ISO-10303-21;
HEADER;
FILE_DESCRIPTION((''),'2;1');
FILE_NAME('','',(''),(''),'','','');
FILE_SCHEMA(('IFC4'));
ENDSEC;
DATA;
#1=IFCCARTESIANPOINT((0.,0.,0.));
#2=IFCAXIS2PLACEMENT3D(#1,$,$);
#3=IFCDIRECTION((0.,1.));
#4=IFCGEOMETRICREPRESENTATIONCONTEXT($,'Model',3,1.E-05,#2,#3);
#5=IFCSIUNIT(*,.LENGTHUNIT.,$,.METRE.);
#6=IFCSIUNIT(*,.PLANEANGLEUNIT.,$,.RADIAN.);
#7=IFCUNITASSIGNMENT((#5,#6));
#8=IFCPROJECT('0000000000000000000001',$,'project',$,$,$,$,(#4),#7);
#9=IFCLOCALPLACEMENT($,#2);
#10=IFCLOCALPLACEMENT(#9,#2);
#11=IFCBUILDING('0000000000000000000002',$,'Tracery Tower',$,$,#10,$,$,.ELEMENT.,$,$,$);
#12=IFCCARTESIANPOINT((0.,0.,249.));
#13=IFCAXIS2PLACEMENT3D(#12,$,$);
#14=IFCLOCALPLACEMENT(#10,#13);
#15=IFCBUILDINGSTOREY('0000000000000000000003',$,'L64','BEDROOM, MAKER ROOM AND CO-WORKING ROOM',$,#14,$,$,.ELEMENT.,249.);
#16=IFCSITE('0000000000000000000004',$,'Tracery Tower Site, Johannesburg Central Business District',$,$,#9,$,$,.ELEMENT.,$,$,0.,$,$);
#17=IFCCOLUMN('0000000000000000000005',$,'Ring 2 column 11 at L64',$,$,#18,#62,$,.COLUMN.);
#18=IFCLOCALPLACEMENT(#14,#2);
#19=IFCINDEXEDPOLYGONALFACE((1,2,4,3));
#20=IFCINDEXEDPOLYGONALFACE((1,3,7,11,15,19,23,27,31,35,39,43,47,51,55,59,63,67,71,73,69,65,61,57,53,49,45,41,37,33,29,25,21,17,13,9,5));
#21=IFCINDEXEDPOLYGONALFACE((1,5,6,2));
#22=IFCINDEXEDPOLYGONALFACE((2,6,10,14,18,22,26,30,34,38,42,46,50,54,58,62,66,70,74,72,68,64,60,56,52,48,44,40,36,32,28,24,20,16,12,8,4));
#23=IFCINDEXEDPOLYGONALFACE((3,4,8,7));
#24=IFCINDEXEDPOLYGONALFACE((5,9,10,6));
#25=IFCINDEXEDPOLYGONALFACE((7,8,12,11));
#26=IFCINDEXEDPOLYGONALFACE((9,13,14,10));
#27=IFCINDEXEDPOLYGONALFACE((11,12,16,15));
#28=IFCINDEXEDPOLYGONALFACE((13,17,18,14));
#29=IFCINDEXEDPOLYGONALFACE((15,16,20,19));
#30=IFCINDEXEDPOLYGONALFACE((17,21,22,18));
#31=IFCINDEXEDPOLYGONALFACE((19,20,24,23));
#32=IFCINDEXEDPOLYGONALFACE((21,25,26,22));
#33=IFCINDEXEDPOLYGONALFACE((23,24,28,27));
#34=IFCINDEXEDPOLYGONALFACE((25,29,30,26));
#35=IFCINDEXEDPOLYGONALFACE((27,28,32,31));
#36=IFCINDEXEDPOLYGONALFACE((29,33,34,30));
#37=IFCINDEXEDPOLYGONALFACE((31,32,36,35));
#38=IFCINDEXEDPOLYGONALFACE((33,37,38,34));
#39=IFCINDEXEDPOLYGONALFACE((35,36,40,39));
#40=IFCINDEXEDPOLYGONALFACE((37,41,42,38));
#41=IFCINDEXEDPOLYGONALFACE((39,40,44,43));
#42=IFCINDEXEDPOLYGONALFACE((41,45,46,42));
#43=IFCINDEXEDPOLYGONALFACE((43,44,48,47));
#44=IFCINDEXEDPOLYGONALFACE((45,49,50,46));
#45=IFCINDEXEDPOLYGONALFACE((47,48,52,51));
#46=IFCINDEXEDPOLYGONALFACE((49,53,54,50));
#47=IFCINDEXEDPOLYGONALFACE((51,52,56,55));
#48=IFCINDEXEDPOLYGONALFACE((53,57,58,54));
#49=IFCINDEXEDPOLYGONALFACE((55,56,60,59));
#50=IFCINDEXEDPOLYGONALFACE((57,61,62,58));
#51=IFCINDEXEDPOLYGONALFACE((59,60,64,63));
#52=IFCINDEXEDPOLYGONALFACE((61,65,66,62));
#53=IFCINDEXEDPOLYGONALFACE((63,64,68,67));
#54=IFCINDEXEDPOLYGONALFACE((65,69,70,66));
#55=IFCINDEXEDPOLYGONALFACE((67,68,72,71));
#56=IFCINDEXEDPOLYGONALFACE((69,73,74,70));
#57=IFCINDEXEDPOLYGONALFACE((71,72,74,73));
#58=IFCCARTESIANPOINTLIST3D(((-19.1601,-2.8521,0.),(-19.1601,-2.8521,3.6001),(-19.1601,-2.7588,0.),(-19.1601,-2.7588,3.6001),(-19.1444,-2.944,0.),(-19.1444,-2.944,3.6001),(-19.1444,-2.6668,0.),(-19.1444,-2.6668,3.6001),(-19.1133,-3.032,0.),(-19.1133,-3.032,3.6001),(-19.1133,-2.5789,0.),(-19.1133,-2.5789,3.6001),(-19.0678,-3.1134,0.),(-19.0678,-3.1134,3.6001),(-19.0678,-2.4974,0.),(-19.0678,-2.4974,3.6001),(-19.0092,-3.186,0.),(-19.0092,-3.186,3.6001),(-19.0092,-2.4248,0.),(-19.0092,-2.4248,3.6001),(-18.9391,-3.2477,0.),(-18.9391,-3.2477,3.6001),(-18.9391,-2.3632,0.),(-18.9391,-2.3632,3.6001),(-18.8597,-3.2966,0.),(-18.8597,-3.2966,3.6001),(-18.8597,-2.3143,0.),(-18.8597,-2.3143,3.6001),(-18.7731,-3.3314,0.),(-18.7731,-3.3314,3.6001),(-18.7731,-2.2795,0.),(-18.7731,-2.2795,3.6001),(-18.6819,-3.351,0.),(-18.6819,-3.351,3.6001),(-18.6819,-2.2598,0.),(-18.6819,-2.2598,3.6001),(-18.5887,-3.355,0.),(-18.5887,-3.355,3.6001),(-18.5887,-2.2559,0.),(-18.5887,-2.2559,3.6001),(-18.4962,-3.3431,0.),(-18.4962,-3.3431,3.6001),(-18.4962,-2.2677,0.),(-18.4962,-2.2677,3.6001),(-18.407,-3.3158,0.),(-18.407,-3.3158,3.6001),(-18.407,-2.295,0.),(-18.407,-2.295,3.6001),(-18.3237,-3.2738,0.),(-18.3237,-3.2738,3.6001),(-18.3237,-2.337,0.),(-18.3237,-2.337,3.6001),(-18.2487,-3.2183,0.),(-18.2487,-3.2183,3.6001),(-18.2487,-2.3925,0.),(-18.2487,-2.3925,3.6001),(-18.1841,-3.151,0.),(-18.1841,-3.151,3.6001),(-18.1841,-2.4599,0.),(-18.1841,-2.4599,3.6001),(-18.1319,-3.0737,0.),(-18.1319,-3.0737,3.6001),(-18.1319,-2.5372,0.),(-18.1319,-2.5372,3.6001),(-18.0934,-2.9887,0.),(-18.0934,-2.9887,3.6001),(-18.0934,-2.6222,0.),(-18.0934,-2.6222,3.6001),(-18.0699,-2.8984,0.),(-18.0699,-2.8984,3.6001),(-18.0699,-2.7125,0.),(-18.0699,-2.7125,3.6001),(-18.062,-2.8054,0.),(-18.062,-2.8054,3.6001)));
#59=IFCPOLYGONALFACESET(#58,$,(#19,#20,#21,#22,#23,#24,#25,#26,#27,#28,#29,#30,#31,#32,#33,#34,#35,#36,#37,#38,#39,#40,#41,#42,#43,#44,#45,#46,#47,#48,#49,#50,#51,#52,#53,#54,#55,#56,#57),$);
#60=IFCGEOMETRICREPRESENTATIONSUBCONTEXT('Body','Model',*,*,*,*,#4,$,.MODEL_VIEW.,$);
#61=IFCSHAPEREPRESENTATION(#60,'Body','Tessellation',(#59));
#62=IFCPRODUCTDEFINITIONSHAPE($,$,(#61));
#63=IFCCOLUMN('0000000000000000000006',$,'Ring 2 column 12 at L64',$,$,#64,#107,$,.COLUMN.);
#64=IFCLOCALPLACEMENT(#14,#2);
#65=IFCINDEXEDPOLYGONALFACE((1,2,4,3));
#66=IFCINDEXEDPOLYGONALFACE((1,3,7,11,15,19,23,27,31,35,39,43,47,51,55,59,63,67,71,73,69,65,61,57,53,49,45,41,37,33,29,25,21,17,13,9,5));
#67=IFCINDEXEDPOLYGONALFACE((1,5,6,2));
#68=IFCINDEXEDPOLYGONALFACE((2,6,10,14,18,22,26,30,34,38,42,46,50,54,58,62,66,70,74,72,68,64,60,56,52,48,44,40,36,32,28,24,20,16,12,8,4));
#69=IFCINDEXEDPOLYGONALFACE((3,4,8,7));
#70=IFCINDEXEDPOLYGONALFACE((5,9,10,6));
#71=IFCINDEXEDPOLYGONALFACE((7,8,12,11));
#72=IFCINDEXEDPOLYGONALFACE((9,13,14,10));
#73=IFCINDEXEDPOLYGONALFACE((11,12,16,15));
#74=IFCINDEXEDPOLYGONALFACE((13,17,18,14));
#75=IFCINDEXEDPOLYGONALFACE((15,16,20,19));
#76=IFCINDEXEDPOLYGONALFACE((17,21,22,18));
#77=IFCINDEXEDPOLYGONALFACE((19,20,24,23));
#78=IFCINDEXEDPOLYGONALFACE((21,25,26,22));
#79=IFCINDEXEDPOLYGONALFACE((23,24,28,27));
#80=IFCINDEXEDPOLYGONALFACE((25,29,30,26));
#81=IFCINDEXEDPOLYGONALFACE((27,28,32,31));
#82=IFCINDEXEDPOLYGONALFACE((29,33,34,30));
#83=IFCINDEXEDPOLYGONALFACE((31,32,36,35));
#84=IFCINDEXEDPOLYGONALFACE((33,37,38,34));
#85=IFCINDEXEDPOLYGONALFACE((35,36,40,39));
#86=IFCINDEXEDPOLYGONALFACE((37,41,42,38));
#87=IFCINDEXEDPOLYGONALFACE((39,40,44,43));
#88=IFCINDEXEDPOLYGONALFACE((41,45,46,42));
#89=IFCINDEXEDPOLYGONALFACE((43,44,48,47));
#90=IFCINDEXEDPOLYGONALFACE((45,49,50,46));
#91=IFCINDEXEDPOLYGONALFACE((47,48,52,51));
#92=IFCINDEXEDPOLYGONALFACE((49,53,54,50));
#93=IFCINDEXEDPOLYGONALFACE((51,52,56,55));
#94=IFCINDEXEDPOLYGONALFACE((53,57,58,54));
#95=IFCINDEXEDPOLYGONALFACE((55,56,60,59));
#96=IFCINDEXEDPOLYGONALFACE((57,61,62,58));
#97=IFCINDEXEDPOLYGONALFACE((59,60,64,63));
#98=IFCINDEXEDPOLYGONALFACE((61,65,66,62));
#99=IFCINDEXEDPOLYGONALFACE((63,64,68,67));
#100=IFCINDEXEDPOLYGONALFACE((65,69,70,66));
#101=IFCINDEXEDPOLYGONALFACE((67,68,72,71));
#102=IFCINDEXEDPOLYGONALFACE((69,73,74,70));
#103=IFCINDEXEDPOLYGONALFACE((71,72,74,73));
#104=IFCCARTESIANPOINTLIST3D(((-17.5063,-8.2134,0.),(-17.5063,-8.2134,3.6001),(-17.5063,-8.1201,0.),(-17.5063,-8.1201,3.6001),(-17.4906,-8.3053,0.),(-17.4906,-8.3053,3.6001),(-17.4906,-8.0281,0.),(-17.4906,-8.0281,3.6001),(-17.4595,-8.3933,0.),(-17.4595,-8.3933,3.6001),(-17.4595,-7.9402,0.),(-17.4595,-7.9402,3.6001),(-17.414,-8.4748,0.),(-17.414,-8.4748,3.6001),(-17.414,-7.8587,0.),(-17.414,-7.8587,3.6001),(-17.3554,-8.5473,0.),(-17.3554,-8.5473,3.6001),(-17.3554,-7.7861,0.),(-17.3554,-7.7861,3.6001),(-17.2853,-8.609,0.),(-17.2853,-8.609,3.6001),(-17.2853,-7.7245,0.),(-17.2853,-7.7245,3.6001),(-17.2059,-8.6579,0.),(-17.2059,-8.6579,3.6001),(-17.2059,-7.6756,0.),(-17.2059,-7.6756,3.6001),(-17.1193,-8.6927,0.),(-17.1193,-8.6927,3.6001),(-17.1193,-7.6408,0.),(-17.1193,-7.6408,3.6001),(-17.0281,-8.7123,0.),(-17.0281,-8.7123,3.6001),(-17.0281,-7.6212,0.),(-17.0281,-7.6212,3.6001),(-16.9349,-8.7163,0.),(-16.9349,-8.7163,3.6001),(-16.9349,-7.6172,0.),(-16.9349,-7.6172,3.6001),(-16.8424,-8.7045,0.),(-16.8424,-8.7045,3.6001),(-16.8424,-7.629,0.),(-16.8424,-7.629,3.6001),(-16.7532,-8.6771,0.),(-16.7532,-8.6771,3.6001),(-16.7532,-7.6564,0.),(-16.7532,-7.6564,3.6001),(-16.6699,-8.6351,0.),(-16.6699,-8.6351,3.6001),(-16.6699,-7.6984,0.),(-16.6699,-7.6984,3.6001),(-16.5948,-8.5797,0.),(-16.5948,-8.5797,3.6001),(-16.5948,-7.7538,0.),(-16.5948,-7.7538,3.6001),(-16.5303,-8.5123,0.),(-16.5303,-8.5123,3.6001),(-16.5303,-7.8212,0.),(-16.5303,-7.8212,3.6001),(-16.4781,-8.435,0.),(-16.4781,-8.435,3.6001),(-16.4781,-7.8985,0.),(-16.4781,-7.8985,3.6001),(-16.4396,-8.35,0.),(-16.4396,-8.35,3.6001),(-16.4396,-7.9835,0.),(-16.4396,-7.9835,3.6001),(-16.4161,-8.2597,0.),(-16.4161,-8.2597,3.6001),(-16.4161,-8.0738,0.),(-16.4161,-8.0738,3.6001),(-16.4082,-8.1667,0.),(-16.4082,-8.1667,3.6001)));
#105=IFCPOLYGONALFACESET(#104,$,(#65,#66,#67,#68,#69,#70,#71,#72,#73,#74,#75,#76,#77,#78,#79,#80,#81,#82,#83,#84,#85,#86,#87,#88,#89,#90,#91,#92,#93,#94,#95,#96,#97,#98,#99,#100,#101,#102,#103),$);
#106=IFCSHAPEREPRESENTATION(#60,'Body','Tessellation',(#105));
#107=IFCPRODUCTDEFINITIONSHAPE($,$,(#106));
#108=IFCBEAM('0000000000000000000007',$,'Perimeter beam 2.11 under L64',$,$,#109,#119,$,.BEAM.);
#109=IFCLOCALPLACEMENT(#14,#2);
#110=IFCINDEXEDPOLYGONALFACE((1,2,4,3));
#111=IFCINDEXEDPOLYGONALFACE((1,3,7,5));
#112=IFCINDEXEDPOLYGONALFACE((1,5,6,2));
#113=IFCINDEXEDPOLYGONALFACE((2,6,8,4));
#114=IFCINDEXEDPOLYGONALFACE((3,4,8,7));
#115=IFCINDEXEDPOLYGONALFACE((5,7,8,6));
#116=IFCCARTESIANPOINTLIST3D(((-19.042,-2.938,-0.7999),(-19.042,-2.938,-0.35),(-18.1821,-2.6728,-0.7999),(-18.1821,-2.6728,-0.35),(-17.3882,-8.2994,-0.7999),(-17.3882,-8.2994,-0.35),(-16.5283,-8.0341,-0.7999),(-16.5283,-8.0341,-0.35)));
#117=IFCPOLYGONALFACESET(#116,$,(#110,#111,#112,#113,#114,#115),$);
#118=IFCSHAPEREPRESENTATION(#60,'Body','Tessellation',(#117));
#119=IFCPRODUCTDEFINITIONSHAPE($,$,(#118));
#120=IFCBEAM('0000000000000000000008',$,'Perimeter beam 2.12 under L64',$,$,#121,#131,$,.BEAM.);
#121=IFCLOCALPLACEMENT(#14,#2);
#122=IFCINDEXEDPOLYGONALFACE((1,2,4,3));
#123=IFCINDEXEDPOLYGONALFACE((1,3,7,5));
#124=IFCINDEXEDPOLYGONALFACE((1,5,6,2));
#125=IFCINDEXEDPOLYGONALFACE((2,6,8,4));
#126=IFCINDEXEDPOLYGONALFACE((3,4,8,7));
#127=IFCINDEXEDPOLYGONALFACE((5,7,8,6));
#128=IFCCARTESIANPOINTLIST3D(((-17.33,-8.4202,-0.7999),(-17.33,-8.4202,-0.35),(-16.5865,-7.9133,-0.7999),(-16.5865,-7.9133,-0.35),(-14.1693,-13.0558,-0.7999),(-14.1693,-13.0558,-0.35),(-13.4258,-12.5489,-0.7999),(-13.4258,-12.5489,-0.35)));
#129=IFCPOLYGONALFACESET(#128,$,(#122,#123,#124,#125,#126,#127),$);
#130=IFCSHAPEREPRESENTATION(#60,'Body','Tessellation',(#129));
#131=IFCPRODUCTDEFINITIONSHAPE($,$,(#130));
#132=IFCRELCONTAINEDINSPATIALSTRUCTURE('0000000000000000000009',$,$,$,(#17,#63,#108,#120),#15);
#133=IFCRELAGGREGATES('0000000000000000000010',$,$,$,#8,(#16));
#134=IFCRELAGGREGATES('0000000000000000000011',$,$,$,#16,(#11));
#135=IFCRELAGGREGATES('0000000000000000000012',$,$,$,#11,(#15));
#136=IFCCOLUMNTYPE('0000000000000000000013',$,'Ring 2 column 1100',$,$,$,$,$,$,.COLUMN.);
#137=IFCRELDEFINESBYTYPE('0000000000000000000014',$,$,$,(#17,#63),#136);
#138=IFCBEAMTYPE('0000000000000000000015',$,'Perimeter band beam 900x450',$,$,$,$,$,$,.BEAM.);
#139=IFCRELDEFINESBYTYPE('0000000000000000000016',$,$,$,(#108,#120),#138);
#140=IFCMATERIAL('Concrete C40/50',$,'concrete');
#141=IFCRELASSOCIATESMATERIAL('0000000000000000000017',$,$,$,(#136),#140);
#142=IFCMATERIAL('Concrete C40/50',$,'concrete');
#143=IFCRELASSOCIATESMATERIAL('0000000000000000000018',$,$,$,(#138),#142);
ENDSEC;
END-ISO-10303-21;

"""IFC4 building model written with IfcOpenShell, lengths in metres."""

from ifc_helpers import new_model, si_unit, direction, frame, origin, origin_2d, place, context, subcontext, project, spatial, rectangle, circle, extrude, material, material_profile, profile_set, type_object, element, save


model = new_model("IFC4")

# Units and contexts
model_context = context("Model", 3, precision=1e-05, world=origin(), true_north=direction((0.0, 1.0)))
body_context = subcontext(model_context, "Body", "Model", "MODEL_VIEW")
ifc_project = project(units=[si_unit("LENGTHUNIT", "METRE"), si_unit("PLANEANGLEUNIT", "RADIAN")], contexts=[model_context])

# Site, building, storey
site_placement = place(None, origin())
site = spatial("IfcSite", under=ifc_project, at=site_placement, Name="Tracery Tower Site, Johannesburg Central Business District", CompositionType="ELEMENT", RefElevation=0.0)
building_placement = place(site_placement, origin())
building = spatial("IfcBuilding", under=site, at=building_placement, Name="Tracery Tower", CompositionType="ELEMENT")
storey_placement = place(building_placement, frame((0.0, 0.0, 249.0)))
storey = spatial("IfcBuildingStorey", under=building, at=storey_placement, Name="L64", Description="BEDROOM, MAKER ROOM AND CO-WORKING ROOM", CompositionType="ELEMENT", Elevation=249.0)

# Columns
ifc_material_1 = material(Name="Concrete C40/50", Category="concrete")
ifc_material_profile_1 = material_profile(ifc_material_1, circle(Radius=0.55, at=origin_2d()), Name="RC D1100")
ifc_profile_set_1 = profile_set([ifc_material_profile_1], Name="Concrete C40/50")
column_type = type_object("IfcColumnType", Name="Ring 2 column 1100", PredefinedType="COLUMN", material=ifc_profile_set_1)
for number, where, z_axis, x_axis, name in (
    (1, (-18.6121, -2.8054, 0.0), (0.0, 0.0, 1.0), (1.0, 0.0, 0.0), "Ring 2 column 11 at L64"),
    (2, (-16.9583, -8.1667, 0.0), (0.0, 0.0, 1.0), (1.0, 0.0, 0.0), "Ring 2 column 12 at L64"),
):
    element("IfcColumn", number, at=place(storey_placement, frame(where, z_axis=z_axis, x_axis=x_axis)), inside=storey, type_object=column_type, Name=name, PredefinedType="COLUMN", context=body_context, shape_type="SweptSolid", body=[
        extrude(circle(Radius=0.55, at=origin_2d()), origin(), (0.0, 0.0, 1.0), 3.6001),
    ])

# Beams
ifc_material_2 = material(Name="Concrete C40/50", Category="concrete")
ifc_material_profile_2 = material_profile(ifc_material_2, rectangle(XDim=0.8999, YDim=0.45, at=origin_2d()), Name="RC 900x450")
ifc_profile_set_2 = profile_set([ifc_material_profile_2], Name="Concrete C40/50")
beam_type = type_object("IfcBeamType", Name="Perimeter band beam 900x450", PredefinedType="BEAM", material=ifc_profile_set_2)
for number, where, z_axis, x_axis, name in (
    (3, (-18.6121, -2.8054, -0.575), (0.294765, -0.95557, 0.0), (0.95557, 0.294765, 0.0), "Perimeter beam 2.11 under L64"),
    (4, (-16.9583, -8.1667, -0.575), (0.563346, -0.826221, 0.0), (0.826221, 0.563346, 0.0), "Perimeter beam 2.12 under L64"),
):
    element("IfcBeam", number, at=place(storey_placement, frame(where, z_axis=z_axis, x_axis=x_axis)), inside=storey, type_object=beam_type, Name=name, PredefinedType="BEAM", context=body_context, shape_type="SweptSolid", body=[
        extrude(rectangle(XDim=0.8999, YDim=0.45, at=origin_2d()), origin(), (0.0, 0.0, 1.0), 5.6106),
    ])

save(model, "model.ifc")
